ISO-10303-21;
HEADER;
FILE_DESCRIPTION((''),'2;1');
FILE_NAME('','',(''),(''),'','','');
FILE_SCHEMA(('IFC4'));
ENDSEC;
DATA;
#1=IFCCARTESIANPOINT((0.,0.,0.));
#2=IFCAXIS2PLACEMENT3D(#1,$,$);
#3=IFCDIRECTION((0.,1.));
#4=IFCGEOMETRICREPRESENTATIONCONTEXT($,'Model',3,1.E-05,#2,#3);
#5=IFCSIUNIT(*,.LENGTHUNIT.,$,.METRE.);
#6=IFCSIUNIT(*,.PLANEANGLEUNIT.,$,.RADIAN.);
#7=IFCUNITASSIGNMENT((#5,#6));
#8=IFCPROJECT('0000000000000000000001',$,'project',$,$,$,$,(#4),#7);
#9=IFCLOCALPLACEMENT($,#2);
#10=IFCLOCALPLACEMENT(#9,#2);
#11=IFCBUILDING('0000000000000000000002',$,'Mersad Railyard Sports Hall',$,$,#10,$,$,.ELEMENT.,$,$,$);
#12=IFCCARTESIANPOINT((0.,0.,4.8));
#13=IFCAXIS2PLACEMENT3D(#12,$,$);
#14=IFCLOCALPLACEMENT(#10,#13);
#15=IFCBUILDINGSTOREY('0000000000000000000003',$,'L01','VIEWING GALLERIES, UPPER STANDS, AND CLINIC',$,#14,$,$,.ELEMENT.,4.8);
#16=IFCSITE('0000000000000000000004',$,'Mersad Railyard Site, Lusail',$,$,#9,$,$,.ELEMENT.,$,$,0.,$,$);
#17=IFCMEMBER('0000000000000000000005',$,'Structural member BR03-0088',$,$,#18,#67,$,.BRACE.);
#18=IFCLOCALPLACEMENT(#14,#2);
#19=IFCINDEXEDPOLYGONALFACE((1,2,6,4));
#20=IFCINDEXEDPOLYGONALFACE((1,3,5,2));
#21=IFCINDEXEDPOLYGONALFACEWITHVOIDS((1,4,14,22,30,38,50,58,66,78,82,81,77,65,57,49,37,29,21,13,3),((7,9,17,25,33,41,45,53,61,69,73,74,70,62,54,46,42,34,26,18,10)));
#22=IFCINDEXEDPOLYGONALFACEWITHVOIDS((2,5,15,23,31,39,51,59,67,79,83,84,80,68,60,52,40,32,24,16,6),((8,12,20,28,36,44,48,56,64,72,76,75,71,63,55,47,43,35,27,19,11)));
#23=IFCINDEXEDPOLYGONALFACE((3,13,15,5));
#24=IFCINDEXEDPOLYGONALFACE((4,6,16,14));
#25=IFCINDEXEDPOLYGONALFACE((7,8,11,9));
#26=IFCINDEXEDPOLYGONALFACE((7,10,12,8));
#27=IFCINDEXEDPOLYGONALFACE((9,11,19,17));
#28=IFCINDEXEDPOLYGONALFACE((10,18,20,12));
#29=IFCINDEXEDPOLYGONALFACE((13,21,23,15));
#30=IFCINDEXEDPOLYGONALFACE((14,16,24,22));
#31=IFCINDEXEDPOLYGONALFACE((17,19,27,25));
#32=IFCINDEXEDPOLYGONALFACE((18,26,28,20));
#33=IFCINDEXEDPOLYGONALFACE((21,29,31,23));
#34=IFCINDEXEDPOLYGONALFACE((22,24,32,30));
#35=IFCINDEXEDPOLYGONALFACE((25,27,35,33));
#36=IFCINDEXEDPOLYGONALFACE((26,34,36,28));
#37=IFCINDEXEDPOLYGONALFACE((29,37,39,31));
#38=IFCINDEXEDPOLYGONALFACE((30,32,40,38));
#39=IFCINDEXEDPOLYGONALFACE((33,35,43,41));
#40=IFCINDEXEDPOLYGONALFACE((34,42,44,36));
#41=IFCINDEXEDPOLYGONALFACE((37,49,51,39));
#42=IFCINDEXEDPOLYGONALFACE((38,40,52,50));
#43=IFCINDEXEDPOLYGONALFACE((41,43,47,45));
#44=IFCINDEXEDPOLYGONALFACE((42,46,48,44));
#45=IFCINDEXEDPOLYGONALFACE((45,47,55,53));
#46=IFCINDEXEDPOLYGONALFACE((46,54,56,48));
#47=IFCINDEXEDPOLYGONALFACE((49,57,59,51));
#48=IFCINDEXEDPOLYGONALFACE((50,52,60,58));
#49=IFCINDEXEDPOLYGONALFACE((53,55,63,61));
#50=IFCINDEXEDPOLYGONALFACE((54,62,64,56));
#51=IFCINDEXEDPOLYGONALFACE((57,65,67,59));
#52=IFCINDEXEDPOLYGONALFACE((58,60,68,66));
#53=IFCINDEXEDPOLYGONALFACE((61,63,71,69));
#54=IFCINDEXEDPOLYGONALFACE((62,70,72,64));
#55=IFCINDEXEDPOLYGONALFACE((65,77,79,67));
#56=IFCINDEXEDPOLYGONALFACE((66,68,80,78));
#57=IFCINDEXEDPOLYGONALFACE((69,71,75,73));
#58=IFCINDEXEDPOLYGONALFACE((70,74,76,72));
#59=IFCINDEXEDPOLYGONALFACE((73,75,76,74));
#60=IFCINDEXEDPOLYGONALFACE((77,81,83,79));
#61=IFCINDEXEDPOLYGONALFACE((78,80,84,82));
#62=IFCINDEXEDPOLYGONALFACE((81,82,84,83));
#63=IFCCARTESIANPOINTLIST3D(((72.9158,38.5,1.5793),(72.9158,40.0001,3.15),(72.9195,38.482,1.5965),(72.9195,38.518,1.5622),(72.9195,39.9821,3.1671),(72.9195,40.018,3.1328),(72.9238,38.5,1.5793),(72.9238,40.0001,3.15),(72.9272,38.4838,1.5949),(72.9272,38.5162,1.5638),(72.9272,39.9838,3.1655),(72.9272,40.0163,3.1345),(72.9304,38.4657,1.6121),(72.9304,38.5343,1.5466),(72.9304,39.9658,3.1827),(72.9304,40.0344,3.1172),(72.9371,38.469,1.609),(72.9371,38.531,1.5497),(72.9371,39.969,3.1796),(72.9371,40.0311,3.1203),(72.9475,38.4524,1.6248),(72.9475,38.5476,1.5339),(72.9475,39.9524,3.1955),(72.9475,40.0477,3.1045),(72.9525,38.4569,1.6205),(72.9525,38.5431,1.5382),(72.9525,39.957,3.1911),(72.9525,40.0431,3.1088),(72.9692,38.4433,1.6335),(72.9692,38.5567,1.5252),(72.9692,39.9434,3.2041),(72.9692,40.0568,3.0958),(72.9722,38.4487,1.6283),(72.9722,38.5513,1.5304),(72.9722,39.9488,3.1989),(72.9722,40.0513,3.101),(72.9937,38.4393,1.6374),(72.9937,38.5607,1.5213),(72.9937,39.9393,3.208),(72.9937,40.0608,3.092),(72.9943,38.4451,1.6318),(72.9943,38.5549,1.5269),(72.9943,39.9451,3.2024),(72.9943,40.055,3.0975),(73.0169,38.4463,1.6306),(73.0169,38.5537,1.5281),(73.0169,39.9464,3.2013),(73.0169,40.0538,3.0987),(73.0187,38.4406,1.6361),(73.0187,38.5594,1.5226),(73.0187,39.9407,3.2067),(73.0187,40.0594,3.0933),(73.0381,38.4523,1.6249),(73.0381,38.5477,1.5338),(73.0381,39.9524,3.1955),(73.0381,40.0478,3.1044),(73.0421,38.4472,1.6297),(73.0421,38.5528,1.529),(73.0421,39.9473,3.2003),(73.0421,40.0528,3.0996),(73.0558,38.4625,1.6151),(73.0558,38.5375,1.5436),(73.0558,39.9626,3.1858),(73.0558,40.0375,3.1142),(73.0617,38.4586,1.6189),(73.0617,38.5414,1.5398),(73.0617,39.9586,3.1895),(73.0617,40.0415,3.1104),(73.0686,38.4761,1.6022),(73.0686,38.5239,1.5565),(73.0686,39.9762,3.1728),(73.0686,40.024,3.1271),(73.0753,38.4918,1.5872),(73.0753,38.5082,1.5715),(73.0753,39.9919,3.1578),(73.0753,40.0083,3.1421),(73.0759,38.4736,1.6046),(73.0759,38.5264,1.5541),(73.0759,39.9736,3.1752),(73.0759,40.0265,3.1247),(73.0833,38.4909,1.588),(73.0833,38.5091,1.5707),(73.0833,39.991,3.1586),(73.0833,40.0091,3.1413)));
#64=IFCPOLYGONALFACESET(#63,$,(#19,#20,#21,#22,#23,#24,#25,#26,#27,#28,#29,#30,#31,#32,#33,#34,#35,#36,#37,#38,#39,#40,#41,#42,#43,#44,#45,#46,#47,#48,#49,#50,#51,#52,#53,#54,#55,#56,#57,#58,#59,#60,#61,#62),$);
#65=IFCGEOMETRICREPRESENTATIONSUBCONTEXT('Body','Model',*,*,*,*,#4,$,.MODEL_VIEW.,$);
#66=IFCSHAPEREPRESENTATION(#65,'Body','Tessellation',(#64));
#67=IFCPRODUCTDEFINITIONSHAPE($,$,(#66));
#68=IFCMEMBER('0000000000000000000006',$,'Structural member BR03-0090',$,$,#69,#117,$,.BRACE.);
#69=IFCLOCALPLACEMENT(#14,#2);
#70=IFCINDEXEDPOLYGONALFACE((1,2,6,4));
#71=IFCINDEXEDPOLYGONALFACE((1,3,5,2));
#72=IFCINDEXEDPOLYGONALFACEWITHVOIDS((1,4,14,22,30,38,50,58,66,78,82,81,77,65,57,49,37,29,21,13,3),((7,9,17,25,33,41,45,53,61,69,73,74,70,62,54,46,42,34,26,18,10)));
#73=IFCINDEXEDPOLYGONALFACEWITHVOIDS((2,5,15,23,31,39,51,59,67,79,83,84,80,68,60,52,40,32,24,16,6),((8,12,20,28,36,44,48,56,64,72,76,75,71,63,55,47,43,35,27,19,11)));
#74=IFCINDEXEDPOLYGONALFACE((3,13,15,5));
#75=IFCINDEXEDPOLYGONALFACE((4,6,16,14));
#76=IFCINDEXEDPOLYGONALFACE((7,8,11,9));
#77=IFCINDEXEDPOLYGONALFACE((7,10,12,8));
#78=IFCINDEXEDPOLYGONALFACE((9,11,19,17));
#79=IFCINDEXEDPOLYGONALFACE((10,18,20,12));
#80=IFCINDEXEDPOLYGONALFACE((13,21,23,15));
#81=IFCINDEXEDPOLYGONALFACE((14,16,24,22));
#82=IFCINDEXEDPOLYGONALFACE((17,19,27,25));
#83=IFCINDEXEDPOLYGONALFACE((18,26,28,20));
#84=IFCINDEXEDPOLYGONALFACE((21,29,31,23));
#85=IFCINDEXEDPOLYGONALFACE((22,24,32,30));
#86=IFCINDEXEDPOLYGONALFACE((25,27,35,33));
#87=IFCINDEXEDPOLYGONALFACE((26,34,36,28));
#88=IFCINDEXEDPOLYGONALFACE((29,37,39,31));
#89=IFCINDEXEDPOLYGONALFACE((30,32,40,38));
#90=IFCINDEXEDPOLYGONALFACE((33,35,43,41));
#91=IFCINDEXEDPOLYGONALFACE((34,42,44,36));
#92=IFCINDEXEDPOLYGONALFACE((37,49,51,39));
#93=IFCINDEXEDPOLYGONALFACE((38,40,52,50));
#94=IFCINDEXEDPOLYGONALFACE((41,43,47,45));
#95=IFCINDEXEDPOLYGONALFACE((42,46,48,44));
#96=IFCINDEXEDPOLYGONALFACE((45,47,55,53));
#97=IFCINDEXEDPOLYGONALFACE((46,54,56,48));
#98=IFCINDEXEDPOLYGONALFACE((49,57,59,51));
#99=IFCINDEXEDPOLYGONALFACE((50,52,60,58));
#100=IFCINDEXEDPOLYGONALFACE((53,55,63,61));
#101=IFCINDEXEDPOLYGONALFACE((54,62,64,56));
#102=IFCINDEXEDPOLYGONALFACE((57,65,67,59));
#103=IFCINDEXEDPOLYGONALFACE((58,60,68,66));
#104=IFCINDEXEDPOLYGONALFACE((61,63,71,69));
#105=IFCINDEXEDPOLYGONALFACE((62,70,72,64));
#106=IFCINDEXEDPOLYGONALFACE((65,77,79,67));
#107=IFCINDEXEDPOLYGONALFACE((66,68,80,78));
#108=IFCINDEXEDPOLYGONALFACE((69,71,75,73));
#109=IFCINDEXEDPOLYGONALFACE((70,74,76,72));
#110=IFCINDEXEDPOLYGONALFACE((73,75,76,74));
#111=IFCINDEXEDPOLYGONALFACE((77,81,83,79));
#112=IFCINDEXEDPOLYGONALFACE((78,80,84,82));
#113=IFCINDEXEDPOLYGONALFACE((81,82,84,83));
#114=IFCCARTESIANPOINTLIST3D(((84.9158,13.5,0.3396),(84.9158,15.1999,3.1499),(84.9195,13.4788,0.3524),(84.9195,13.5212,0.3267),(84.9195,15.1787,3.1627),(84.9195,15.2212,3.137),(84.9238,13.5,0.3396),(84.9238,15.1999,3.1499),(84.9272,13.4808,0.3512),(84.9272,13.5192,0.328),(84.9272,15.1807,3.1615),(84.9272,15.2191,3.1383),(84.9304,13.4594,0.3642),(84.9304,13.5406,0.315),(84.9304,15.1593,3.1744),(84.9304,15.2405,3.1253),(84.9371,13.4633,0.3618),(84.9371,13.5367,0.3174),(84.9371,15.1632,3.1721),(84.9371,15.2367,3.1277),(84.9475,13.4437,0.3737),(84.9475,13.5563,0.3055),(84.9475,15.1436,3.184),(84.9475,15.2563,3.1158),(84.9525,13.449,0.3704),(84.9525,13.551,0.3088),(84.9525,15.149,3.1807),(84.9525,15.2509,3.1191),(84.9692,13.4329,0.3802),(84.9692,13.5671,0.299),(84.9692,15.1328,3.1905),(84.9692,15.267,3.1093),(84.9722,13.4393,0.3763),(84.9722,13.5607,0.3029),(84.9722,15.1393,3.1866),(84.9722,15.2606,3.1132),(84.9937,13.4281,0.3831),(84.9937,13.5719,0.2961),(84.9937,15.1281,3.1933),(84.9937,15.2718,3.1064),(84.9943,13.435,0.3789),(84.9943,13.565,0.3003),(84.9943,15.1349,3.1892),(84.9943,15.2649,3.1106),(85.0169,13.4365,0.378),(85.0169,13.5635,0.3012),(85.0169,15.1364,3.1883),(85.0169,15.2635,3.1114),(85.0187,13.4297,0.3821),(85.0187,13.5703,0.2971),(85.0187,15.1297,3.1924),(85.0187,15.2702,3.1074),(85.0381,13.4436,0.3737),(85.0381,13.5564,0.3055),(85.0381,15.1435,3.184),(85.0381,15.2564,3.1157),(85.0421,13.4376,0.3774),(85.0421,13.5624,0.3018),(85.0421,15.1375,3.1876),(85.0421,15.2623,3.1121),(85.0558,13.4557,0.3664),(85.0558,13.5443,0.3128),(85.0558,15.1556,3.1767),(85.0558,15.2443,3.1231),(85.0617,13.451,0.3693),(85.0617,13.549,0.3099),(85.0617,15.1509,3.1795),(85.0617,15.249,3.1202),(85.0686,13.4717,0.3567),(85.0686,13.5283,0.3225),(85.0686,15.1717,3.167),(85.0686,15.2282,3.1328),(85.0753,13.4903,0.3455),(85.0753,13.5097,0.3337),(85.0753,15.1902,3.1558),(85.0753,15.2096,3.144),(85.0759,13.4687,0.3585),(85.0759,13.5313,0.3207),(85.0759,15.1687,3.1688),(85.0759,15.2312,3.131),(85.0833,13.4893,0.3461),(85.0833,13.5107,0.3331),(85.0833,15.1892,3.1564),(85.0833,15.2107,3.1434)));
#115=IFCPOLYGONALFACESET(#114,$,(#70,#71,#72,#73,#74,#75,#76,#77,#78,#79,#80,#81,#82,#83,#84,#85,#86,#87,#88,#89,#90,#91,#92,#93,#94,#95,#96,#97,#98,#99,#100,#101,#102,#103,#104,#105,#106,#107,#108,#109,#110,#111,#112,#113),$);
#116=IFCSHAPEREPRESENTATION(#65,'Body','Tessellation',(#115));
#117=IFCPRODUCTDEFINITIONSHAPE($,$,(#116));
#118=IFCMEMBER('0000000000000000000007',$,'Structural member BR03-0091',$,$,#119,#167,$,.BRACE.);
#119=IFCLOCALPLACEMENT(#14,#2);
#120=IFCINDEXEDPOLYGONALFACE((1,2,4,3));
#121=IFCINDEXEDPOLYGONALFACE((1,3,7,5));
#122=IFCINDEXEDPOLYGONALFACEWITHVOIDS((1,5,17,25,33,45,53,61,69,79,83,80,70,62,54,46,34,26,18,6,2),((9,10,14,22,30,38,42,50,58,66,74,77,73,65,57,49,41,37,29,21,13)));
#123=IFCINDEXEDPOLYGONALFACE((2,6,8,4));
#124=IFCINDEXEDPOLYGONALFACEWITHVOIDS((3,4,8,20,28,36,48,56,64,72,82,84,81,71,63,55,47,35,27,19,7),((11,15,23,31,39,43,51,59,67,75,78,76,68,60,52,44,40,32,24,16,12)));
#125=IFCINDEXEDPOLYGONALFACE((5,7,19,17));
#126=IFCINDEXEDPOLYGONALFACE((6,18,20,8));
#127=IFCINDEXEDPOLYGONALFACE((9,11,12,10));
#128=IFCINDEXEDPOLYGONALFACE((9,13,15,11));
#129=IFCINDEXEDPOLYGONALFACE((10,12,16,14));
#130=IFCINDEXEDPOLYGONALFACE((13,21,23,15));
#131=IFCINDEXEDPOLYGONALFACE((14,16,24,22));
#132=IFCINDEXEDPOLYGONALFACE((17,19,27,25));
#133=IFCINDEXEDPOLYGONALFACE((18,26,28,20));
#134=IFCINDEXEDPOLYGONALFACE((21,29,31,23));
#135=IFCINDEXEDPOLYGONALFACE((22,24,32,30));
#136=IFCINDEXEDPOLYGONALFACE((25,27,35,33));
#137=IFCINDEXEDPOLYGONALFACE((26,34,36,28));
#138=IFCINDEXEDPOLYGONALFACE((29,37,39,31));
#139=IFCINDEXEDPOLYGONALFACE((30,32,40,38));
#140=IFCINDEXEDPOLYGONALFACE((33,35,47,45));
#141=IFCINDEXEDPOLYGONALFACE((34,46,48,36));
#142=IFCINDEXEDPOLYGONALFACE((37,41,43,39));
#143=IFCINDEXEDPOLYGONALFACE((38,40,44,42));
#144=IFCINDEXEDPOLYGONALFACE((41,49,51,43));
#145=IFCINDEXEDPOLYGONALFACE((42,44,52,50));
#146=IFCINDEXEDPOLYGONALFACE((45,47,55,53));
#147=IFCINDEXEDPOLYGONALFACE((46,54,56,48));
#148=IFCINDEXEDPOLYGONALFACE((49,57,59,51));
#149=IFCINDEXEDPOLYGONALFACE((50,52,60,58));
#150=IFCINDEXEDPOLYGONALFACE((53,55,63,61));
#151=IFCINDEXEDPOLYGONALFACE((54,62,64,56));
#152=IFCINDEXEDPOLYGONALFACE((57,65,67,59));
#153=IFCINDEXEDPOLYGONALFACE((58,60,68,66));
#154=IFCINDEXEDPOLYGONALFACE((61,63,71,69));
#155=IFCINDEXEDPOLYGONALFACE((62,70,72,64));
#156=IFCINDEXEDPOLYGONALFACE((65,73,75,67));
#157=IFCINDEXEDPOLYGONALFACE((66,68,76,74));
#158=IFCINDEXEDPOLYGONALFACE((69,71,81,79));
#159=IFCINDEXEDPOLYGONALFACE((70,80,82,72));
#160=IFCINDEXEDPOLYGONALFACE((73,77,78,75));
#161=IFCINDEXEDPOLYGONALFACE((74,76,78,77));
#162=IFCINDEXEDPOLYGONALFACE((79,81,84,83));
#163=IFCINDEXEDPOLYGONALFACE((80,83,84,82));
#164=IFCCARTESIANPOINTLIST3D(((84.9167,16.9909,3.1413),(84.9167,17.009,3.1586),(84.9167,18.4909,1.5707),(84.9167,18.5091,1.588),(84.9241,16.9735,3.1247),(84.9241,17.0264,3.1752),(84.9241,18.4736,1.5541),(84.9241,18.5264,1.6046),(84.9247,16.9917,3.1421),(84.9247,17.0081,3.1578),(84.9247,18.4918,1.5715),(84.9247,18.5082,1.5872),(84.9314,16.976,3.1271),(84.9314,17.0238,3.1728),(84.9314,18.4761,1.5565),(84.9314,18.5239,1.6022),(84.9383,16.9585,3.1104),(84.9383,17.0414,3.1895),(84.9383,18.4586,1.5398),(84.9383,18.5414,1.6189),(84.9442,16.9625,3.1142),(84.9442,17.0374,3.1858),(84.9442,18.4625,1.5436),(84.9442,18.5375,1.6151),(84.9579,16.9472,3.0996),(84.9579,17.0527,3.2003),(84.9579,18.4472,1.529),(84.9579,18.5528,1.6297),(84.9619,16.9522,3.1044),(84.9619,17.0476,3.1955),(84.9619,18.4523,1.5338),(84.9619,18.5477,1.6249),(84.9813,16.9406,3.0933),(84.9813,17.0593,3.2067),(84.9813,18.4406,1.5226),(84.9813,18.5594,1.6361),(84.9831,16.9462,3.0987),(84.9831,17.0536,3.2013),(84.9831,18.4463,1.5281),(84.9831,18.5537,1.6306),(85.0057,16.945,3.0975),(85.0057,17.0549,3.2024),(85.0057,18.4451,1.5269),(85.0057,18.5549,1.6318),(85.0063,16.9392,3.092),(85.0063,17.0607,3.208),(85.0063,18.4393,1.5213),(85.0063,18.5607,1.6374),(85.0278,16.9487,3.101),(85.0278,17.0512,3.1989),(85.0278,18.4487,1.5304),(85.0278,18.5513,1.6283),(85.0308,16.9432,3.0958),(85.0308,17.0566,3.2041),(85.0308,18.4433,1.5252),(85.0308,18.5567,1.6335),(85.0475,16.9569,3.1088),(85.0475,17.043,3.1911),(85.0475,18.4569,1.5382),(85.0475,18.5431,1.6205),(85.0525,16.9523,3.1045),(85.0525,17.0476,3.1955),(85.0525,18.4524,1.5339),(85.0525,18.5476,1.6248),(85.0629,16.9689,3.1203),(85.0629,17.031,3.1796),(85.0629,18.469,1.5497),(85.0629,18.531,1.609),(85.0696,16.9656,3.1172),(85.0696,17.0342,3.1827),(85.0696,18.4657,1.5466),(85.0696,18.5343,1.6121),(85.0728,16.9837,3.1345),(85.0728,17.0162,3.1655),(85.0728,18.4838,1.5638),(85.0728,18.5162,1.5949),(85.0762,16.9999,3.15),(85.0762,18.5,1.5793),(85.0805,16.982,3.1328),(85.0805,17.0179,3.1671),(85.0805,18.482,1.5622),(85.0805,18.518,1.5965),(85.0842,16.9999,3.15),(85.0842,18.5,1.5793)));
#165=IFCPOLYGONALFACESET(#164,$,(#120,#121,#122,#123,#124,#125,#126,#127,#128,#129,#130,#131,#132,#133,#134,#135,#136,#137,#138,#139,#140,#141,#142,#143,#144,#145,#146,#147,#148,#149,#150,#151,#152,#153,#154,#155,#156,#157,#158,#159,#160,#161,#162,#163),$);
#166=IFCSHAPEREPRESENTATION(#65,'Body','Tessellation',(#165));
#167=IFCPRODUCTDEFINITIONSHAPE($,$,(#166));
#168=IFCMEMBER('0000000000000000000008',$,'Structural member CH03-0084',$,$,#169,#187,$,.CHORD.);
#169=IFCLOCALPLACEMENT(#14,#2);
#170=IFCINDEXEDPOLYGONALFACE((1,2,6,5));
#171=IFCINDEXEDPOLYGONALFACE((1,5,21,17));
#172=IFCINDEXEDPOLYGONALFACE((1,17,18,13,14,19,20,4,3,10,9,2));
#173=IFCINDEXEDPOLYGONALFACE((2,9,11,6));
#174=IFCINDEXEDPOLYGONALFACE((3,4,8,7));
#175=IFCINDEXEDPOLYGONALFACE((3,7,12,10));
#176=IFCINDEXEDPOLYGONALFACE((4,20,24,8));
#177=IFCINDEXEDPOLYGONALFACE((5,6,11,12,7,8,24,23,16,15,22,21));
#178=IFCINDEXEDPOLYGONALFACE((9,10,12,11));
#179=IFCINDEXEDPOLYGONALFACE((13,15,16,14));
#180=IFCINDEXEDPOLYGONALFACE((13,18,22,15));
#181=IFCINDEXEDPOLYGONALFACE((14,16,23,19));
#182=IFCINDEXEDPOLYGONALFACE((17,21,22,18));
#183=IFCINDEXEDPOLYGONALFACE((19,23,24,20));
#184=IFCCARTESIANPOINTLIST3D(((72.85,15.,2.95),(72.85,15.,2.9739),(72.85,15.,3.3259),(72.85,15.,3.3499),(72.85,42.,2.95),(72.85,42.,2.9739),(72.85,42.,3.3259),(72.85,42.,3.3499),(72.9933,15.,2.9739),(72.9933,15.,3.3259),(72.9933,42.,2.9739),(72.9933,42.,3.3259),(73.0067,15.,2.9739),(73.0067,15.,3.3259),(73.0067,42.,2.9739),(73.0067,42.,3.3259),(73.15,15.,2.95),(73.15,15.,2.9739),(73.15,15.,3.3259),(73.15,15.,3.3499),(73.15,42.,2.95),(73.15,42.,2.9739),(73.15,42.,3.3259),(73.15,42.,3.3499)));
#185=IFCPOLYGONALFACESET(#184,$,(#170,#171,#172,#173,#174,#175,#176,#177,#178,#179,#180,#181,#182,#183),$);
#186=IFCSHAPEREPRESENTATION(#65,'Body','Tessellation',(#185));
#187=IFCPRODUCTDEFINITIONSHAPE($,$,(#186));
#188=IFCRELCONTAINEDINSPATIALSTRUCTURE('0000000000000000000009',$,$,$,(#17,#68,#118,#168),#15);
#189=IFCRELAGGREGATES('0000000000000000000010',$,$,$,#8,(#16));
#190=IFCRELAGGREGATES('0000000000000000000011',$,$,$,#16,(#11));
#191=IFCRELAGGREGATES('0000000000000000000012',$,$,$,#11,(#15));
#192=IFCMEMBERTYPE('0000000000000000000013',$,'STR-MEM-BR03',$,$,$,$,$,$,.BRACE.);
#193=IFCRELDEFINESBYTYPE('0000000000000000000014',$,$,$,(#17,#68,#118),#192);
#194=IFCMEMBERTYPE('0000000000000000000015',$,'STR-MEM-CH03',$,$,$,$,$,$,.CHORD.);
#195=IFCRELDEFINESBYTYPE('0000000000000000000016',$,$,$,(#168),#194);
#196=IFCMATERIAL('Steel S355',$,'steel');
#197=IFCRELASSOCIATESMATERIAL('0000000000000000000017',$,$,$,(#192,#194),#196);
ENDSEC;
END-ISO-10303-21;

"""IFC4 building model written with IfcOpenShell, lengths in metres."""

from ifc_helpers import new_model, si_unit, direction, frame, origin, origin_2d, place, context, subcontext, project, spatial, hollow_circle, i_section, extrude, material, material_profile, profile_set, type_object, element, save


model = new_model("IFC4")

# Units and contexts
model_context = context("Model", 3, precision=1e-05, world=origin(), true_north=direction((0.0, 1.0)))
body_context = subcontext(model_context, "Body", "Model", "MODEL_VIEW")
ifc_project = project(units=[si_unit("LENGTHUNIT", "METRE"), si_unit("PLANEANGLEUNIT", "RADIAN")], contexts=[model_context])

# Site, building, storey
site_placement = place(None, origin())
site = spatial("IfcSite", under=ifc_project, at=site_placement, Name="Mersad Railyard Site, Lusail", CompositionType="ELEMENT", RefElevation=0.0)
building_placement = place(site_placement, origin())
building = spatial("IfcBuilding", under=site, at=building_placement, Name="Mersad Railyard Sports Hall", CompositionType="ELEMENT")
storey_placement = place(building_placement, frame((0.0, 0.0, 4.8)))
storey = spatial("IfcBuildingStorey", under=building, at=storey_placement, Name="L01", Description="VIEWING GALLERIES, UPPER STANDS, AND CLINIC", CompositionType="ELEMENT", Elevation=4.8)

# Members
ifc_material_1 = material(Name="Steel S355", Category="steel")
ifc_material_profile_1 = material_profile(ifc_material_1, hollow_circle(Radius=0.0842, WallThickness=0.0081, at=origin_2d()), Name="CHS 168.3x8")
ifc_profile_set_1 = profile_set([ifc_material_profile_1], Name="Steel S355")
member_type_1 = type_object("IfcMemberType", Name="STR-MEM-BR03", PredefinedType="BRACE", material=ifc_profile_set_1)
for number, where, z_axis, x_axis, name in (
    (1, (73.0, 38.5, 1.5793), (0.0, 0.690676, 0.723164), (-1.0, 0.0, 0.0), "Structural member BR03-0088"),
):
    element("IfcMember", number, at=place(storey_placement, frame(where, z_axis=z_axis, x_axis=x_axis)), inside=storey, type_object=member_type_1, Name=name, PredefinedType="BRACE", context=body_context, shape_type="SweptSolid", body=[
        extrude(hollow_circle(Radius=0.0842, WallThickness=0.0081, at=origin_2d()), origin(), (0.0, 0.0, 1.0), 2.1719),
    ])
member_1_placement = place(storey_placement, frame((85.0, 13.5, 0.3396), z_axis=(0.0, 0.517575, 0.855638), x_axis=(-1.0, 0.0, 0.0)))
element("IfcMember", 2, at=member_1_placement, inside=storey, type_object=member_type_1, Name="Structural member BR03-0090", PredefinedType="BRACE", context=body_context, shape_type="SweptSolid", body=[
    extrude(hollow_circle(Radius=0.0842, WallThickness=0.0081, at=origin_2d()), origin(), (0.0, 0.0, 1.0), 3.2844),
])
member_2_placement = place(storey_placement, frame((85.0, 18.5, 1.5793), z_axis=(0.0, -0.690676, 0.723164), x_axis=(1.0, 0.0, 0.0)))
element("IfcMember", 3, at=member_2_placement, inside=storey, type_object=member_type_1, Name="Structural member BR03-0091", PredefinedType="BRACE", context=body_context, shape_type="SweptSolid", body=[
    extrude(hollow_circle(Radius=0.0842, WallThickness=0.0081, at=origin_2d()), origin(), (0.0, 0.0, 1.0), 2.1719),
])
ifc_material_profile_2 = material_profile(ifc_material_1, i_section(OverallWidth=0.3, OverallDepth=0.3999, WebThickness=0.0134, FlangeThickness=0.0239, at=origin_2d()), Name="HEB 400")
ifc_profile_set_2 = profile_set([ifc_material_profile_2], Name="Steel S355")
member_type_2 = type_object("IfcMemberType", Name="STR-MEM-CH03", PredefinedType="CHORD", material=ifc_profile_set_2)
for number, where, z_axis, x_axis, name in (
    (4, (73.0, 15.0, 3.1499), (0.0, 1.0, 0.0), (-1.0, 0.0, 0.0), "Structural member CH03-0084"),
):
    element("IfcMember", number, at=place(storey_placement, frame(where, z_axis=z_axis, x_axis=x_axis)), inside=storey, type_object=member_type_2, Name=name, PredefinedType="CHORD", context=body_context, shape_type="SweptSolid", body=[
        extrude(i_section(OverallWidth=0.3, OverallDepth=0.3999, WebThickness=0.0134, FlangeThickness=0.0239, at=origin_2d()), origin(), (0.0, 0.0, 1.0), 27.0),
    ])

save(model, "model.ifc")
